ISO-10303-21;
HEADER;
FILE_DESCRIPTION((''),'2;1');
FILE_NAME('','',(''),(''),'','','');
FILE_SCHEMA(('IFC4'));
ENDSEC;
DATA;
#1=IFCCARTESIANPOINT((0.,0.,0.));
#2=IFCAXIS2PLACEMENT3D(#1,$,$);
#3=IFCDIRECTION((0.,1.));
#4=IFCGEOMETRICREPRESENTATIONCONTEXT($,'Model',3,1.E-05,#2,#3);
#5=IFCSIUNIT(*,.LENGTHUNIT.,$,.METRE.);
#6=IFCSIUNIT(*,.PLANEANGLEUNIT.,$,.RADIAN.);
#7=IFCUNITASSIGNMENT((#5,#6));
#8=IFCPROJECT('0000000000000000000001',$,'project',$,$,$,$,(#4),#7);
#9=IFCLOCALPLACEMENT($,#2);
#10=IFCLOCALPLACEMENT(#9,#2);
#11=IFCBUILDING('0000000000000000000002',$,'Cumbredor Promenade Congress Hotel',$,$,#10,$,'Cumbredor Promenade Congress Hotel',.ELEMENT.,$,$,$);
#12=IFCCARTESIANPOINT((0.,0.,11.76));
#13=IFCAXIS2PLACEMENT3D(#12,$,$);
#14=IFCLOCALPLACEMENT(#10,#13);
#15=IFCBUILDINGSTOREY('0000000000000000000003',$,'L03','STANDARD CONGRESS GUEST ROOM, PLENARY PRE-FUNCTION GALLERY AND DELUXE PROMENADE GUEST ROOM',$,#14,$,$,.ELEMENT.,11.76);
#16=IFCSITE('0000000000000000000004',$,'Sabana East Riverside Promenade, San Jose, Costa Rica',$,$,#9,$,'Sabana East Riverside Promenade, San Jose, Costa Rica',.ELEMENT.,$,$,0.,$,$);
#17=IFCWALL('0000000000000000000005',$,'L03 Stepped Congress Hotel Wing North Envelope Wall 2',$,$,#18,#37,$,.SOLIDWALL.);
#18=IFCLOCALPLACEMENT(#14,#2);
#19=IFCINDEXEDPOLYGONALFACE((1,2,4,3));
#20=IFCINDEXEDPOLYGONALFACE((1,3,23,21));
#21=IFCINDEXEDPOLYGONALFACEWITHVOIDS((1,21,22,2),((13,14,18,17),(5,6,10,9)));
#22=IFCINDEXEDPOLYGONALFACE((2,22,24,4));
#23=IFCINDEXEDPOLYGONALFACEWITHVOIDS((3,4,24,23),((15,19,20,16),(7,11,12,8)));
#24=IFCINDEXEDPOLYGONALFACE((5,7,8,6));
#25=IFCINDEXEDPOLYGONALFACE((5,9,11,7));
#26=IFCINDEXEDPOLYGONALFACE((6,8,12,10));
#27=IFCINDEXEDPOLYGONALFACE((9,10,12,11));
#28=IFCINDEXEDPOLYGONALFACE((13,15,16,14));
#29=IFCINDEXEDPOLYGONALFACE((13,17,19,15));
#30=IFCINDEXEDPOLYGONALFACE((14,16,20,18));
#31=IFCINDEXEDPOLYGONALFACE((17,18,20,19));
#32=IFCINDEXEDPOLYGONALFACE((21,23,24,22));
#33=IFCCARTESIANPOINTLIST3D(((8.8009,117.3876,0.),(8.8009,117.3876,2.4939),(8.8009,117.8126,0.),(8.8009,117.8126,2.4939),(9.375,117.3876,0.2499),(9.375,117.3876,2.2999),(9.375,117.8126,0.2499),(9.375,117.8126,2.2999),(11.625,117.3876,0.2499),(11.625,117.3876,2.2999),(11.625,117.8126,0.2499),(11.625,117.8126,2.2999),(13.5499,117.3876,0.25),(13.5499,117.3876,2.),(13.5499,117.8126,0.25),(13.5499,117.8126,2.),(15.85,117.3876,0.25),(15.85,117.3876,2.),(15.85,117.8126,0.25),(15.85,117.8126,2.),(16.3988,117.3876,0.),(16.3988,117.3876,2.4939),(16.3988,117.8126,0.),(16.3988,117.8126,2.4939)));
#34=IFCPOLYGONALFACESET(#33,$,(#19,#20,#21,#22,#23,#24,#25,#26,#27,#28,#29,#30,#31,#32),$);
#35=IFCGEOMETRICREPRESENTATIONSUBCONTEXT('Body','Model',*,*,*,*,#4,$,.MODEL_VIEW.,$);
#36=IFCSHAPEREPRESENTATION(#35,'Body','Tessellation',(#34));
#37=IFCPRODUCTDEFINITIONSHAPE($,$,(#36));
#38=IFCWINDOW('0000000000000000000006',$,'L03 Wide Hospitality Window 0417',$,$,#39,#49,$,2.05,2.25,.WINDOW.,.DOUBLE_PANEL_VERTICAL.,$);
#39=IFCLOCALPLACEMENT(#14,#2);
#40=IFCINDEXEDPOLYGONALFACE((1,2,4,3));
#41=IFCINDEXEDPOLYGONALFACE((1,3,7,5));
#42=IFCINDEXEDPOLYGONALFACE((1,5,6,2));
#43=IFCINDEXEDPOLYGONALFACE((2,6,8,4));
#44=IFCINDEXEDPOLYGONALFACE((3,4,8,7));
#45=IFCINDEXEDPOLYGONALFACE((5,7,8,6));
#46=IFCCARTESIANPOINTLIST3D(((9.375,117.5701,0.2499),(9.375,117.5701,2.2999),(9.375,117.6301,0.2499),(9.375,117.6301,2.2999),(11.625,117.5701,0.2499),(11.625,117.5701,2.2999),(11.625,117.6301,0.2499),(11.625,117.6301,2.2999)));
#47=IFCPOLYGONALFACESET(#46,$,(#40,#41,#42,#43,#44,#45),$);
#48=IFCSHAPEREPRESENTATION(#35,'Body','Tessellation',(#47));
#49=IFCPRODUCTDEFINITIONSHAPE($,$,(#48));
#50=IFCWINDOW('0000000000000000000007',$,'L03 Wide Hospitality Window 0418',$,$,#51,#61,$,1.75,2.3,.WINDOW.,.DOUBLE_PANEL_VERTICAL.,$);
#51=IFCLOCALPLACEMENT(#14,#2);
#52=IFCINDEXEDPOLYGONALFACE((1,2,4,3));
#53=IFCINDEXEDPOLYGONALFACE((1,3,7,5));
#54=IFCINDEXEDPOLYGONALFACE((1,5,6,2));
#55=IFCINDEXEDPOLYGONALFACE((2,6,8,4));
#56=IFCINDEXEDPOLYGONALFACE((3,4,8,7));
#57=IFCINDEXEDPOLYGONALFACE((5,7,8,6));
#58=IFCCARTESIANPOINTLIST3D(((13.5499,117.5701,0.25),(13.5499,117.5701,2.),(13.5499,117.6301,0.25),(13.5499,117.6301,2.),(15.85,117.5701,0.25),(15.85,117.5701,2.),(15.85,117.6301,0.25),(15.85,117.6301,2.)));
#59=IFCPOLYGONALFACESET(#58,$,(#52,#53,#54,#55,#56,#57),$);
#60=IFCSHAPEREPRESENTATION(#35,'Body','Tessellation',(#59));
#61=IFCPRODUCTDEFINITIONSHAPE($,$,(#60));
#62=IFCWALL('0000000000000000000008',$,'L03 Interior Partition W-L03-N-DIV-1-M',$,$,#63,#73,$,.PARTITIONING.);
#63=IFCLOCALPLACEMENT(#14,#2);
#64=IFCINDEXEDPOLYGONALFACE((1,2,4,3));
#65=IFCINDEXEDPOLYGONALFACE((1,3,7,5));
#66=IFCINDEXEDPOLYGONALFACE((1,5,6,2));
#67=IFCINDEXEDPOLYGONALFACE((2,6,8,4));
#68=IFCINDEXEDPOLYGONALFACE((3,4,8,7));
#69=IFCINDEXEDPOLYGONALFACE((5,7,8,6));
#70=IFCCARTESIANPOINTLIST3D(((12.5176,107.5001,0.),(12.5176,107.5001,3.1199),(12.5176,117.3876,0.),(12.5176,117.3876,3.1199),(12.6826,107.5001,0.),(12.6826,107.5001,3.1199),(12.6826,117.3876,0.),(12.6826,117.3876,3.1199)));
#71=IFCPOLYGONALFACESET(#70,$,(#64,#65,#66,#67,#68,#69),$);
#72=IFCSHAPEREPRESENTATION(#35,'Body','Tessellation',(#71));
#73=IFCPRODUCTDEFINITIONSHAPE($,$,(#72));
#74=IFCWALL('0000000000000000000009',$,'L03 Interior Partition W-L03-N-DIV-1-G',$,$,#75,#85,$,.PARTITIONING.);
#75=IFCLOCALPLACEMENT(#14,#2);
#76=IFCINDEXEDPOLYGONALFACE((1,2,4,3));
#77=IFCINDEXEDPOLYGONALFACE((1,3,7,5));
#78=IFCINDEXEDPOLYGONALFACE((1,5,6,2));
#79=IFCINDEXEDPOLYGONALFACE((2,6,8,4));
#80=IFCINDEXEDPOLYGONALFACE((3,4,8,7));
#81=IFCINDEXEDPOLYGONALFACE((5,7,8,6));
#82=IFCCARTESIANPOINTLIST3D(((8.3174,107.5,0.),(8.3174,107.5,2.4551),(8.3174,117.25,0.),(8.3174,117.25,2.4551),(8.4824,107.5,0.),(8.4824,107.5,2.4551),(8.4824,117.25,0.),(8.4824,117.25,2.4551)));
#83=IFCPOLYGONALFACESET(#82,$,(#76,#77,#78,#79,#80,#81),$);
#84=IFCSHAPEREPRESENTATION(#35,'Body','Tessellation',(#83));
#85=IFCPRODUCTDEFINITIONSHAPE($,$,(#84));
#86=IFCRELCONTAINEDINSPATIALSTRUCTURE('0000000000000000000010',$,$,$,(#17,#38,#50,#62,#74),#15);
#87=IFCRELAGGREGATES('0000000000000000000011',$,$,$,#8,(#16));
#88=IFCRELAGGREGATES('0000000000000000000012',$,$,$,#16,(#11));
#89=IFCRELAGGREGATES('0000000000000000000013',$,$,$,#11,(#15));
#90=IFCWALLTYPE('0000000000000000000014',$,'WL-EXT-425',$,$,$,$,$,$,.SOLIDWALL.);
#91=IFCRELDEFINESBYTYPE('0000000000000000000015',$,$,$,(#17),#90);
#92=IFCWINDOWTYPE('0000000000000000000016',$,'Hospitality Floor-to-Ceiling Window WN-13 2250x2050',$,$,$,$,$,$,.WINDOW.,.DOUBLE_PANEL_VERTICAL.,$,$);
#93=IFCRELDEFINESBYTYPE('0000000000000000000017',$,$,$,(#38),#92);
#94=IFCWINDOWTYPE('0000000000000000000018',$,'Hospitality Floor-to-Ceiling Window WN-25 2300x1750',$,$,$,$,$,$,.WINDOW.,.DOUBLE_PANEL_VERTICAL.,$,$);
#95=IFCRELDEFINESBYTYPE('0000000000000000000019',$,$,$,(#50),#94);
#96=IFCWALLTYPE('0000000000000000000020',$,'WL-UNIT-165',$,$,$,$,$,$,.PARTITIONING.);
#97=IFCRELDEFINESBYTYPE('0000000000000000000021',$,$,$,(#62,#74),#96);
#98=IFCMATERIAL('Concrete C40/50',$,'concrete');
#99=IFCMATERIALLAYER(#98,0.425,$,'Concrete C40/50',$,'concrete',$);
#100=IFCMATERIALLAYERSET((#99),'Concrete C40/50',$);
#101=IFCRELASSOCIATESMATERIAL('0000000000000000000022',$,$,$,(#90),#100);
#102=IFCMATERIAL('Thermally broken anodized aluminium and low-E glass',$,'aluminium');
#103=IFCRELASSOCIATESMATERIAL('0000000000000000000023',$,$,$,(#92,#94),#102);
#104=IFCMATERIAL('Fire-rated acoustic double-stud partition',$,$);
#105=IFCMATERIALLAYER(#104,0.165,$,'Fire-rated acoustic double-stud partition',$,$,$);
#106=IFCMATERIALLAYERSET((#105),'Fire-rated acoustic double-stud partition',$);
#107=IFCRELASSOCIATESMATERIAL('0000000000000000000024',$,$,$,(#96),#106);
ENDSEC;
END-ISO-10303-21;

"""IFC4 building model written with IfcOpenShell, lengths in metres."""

from ifc_helpers import new_model, si_unit, direction, frame, frame_2d, origin, place, context, subcontext, project, spatial, rectangle, extrude, material, layer, layer_set, type_object, element, fill, save


model = new_model("IFC4")

# Units and contexts
model_context = context("Model", 3, precision=1e-05, world=origin(), true_north=direction((0.0, 1.0)))
body_context = subcontext(model_context, "Body", "Model", "MODEL_VIEW")
ifc_project = project(units=[si_unit("LENGTHUNIT", "METRE"), si_unit("PLANEANGLEUNIT", "RADIAN")], contexts=[model_context])

# Site, building, storey
site_placement = place(None, origin())
site = spatial("IfcSite", under=ifc_project, at=site_placement, Name="Sabana East Riverside Promenade, San Jose, Costa Rica", LongName="Sabana East Riverside Promenade, San Jose, Costa Rica", CompositionType="ELEMENT", RefElevation=0.0)
building_placement = place(site_placement, origin())
building = spatial("IfcBuilding", under=site, at=building_placement, Name="Cumbredor Promenade Congress Hotel", LongName="Cumbredor Promenade Congress Hotel", CompositionType="ELEMENT")
storey_placement = place(building_placement, frame((0.0, 0.0, 11.76)))
storey = spatial("IfcBuildingStorey", under=building, at=storey_placement, Name="L03", Description="STANDARD CONGRESS GUEST ROOM, PLENARY PRE-FUNCTION GALLERY AND DELUXE PROMENADE GUEST ROOM", CompositionType="ELEMENT", Elevation=11.76)

# Shared definitions
ifc_material_1 = material(Name="Concrete C40/50", Category="concrete")

# Shared definitions
ifc_material_2 = material(Name="Thermally broken anodized aluminium and low-E glass", Category="aluminium")

# Wall, openings, windows
ifc_layer_1 = layer(ifc_material_1, 0.425, Name="Concrete C40/50", Category="concrete")
ifc_layer_set_1 = layer_set([ifc_layer_1], Name="Concrete C40/50")
wall_type_1 = type_object("IfcWallType", Name="WL-EXT-425", PredefinedType="SOLIDWALL", material=ifc_layer_set_1)
wall_1_placement = place(storey_placement, frame((8.801, 117.6001, 0.0), z_axis=(0.0, 0.0, 1.0), x_axis=(1.0, 0.0, 0.0)))
wall_1 = element("IfcWall", 1, at=wall_1_placement, inside=storey, type_object=wall_type_1, Name="L03 Stepped Congress Hotel Wing North Envelope Wall 2", PredefinedType="SOLIDWALL", context=body_context, shape_type="SweptSolid", body=[
    extrude(rectangle(XDim=7.5979, YDim=0.425, at=frame_2d((3.7988, 0.0))), origin(), (0.0, 0.0, 1.0), 2.4939),
])
opening_1_placement = place(wall_1_placement, frame((0.574, 0.0, 0.25)))
opening_1 = element("IfcOpeningElement", 2, at=opening_1_placement, cuts=wall_1, PredefinedType="OPENING", context=body_context, shape_type="SweptSolid", body=[
    extrude(rectangle(XDim=2.25, YDim=2.05, at=frame_2d((1.125, 1.0249))), frame((0.0, 0.2227, 0.0), z_axis=(0.0, -1.0, 0.0), x_axis=(1.0, 0.0, 0.0)), (0.0, 0.0, 1.0), 0.4451),
])
opening_2_placement = place(wall_1_placement, frame((4.749, 0.0, 0.25)))
opening_2 = element("IfcOpeningElement", 3, at=opening_2_placement, cuts=wall_1, PredefinedType="OPENING", context=body_context, shape_type="SweptSolid", body=[
    extrude(rectangle(XDim=2.3, YDim=1.75, at=frame_2d((1.1499, 0.875))), frame((0.0, 0.2227, 0.0), z_axis=(0.0, -1.0, 0.0), x_axis=(1.0, 0.0, 0.0)), (0.0, 0.0, 1.0), 0.4451),
])
window_type_1 = type_object("IfcWindowType", Name="Hospitality Floor-to-Ceiling Window WN-13 2250x2050", PartitioningType="DOUBLE_PANEL_VERTICAL", PredefinedType="WINDOW", material=ifc_material_2)
window_1_placement = place(opening_1_placement, origin())
window_1 = element("IfcWindow", 4, at=window_1_placement, inside=storey, type_object=window_type_1, Name="L03 Wide Hospitality Window 0417", OverallHeight=2.05, OverallWidth=2.25, PartitioningType="DOUBLE_PANEL_VERTICAL", PredefinedType="WINDOW", context=body_context, shape_type="SweptSolid", body=[
    extrude(rectangle(XDim=2.25, YDim=2.05, at=frame_2d((1.125, 1.0249))), frame((0.0, 0.03, 0.0), z_axis=(0.0, -1.0, 0.0), x_axis=(1.0, 0.0, 0.0)), (0.0, 0.0, 1.0), 0.0601),
])
fill(opening_1, window_1)
window_type_2 = type_object("IfcWindowType", Name="Hospitality Floor-to-Ceiling Window WN-25 2300x1750", PartitioningType="DOUBLE_PANEL_VERTICAL", PredefinedType="WINDOW", material=ifc_material_2)
window_2_placement = place(opening_2_placement, origin())
window_2 = element("IfcWindow", 5, at=window_2_placement, inside=storey, type_object=window_type_2, Name="L03 Wide Hospitality Window 0418", OverallHeight=1.75, OverallWidth=2.3, PartitioningType="DOUBLE_PANEL_VERTICAL", PredefinedType="WINDOW", context=body_context, shape_type="SweptSolid", body=[
    extrude(rectangle(XDim=2.3, YDim=1.75, at=frame_2d((1.1499, 0.875))), frame((0.0, 0.03, 0.0), z_axis=(0.0, -1.0, 0.0), x_axis=(1.0, 0.0, 0.0)), (0.0, 0.0, 1.0), 0.0601),
])
fill(opening_2, window_2)

# Walls
ifc_material_3 = material(Name="Fire-rated acoustic double-stud partition")
ifc_layer_2 = layer(ifc_material_3, 0.165, Name="Fire-rated acoustic double-stud partition")
ifc_layer_set_2 = layer_set([ifc_layer_2], Name="Fire-rated acoustic double-stud partition")
wall_type_2 = type_object("IfcWallType", Name="WL-UNIT-165", PredefinedType="PARTITIONING", material=ifc_layer_set_2)
wall_2_placement = place(storey_placement, frame((12.6001, 107.5, 0.0), z_axis=(0.0, 0.0, 1.0), x_axis=(0.0, 1.0, 0.0)))
element("IfcWall", 6, at=wall_2_placement, inside=storey, type_object=wall_type_2, Name="L03 Interior Partition W-L03-N-DIV-1-M", PredefinedType="PARTITIONING", context=body_context, shape_type="SweptSolid", body=[
    extrude(rectangle(XDim=9.8875, YDim=0.165, at=frame_2d((4.9438, 0.0))), origin(), (0.0, 0.0, 1.0), 3.1199),
])
wall_3_placement = place(storey_placement, frame((8.3999, 107.5, 0.0), z_axis=(0.0, 0.0, 1.0), x_axis=(0.0, 1.0, 0.0)))
element("IfcWall", 7, at=wall_3_placement, inside=storey, type_object=wall_type_2, Name="L03 Interior Partition W-L03-N-DIV-1-G", PredefinedType="PARTITIONING", context=body_context, shape_type="SweptSolid", body=[
    extrude(rectangle(XDim=9.75, YDim=0.165, at=frame_2d((4.875, 0.0))), origin(), (0.0, 0.0, 1.0), 2.4551),
])

save(model, "model.ifc")
